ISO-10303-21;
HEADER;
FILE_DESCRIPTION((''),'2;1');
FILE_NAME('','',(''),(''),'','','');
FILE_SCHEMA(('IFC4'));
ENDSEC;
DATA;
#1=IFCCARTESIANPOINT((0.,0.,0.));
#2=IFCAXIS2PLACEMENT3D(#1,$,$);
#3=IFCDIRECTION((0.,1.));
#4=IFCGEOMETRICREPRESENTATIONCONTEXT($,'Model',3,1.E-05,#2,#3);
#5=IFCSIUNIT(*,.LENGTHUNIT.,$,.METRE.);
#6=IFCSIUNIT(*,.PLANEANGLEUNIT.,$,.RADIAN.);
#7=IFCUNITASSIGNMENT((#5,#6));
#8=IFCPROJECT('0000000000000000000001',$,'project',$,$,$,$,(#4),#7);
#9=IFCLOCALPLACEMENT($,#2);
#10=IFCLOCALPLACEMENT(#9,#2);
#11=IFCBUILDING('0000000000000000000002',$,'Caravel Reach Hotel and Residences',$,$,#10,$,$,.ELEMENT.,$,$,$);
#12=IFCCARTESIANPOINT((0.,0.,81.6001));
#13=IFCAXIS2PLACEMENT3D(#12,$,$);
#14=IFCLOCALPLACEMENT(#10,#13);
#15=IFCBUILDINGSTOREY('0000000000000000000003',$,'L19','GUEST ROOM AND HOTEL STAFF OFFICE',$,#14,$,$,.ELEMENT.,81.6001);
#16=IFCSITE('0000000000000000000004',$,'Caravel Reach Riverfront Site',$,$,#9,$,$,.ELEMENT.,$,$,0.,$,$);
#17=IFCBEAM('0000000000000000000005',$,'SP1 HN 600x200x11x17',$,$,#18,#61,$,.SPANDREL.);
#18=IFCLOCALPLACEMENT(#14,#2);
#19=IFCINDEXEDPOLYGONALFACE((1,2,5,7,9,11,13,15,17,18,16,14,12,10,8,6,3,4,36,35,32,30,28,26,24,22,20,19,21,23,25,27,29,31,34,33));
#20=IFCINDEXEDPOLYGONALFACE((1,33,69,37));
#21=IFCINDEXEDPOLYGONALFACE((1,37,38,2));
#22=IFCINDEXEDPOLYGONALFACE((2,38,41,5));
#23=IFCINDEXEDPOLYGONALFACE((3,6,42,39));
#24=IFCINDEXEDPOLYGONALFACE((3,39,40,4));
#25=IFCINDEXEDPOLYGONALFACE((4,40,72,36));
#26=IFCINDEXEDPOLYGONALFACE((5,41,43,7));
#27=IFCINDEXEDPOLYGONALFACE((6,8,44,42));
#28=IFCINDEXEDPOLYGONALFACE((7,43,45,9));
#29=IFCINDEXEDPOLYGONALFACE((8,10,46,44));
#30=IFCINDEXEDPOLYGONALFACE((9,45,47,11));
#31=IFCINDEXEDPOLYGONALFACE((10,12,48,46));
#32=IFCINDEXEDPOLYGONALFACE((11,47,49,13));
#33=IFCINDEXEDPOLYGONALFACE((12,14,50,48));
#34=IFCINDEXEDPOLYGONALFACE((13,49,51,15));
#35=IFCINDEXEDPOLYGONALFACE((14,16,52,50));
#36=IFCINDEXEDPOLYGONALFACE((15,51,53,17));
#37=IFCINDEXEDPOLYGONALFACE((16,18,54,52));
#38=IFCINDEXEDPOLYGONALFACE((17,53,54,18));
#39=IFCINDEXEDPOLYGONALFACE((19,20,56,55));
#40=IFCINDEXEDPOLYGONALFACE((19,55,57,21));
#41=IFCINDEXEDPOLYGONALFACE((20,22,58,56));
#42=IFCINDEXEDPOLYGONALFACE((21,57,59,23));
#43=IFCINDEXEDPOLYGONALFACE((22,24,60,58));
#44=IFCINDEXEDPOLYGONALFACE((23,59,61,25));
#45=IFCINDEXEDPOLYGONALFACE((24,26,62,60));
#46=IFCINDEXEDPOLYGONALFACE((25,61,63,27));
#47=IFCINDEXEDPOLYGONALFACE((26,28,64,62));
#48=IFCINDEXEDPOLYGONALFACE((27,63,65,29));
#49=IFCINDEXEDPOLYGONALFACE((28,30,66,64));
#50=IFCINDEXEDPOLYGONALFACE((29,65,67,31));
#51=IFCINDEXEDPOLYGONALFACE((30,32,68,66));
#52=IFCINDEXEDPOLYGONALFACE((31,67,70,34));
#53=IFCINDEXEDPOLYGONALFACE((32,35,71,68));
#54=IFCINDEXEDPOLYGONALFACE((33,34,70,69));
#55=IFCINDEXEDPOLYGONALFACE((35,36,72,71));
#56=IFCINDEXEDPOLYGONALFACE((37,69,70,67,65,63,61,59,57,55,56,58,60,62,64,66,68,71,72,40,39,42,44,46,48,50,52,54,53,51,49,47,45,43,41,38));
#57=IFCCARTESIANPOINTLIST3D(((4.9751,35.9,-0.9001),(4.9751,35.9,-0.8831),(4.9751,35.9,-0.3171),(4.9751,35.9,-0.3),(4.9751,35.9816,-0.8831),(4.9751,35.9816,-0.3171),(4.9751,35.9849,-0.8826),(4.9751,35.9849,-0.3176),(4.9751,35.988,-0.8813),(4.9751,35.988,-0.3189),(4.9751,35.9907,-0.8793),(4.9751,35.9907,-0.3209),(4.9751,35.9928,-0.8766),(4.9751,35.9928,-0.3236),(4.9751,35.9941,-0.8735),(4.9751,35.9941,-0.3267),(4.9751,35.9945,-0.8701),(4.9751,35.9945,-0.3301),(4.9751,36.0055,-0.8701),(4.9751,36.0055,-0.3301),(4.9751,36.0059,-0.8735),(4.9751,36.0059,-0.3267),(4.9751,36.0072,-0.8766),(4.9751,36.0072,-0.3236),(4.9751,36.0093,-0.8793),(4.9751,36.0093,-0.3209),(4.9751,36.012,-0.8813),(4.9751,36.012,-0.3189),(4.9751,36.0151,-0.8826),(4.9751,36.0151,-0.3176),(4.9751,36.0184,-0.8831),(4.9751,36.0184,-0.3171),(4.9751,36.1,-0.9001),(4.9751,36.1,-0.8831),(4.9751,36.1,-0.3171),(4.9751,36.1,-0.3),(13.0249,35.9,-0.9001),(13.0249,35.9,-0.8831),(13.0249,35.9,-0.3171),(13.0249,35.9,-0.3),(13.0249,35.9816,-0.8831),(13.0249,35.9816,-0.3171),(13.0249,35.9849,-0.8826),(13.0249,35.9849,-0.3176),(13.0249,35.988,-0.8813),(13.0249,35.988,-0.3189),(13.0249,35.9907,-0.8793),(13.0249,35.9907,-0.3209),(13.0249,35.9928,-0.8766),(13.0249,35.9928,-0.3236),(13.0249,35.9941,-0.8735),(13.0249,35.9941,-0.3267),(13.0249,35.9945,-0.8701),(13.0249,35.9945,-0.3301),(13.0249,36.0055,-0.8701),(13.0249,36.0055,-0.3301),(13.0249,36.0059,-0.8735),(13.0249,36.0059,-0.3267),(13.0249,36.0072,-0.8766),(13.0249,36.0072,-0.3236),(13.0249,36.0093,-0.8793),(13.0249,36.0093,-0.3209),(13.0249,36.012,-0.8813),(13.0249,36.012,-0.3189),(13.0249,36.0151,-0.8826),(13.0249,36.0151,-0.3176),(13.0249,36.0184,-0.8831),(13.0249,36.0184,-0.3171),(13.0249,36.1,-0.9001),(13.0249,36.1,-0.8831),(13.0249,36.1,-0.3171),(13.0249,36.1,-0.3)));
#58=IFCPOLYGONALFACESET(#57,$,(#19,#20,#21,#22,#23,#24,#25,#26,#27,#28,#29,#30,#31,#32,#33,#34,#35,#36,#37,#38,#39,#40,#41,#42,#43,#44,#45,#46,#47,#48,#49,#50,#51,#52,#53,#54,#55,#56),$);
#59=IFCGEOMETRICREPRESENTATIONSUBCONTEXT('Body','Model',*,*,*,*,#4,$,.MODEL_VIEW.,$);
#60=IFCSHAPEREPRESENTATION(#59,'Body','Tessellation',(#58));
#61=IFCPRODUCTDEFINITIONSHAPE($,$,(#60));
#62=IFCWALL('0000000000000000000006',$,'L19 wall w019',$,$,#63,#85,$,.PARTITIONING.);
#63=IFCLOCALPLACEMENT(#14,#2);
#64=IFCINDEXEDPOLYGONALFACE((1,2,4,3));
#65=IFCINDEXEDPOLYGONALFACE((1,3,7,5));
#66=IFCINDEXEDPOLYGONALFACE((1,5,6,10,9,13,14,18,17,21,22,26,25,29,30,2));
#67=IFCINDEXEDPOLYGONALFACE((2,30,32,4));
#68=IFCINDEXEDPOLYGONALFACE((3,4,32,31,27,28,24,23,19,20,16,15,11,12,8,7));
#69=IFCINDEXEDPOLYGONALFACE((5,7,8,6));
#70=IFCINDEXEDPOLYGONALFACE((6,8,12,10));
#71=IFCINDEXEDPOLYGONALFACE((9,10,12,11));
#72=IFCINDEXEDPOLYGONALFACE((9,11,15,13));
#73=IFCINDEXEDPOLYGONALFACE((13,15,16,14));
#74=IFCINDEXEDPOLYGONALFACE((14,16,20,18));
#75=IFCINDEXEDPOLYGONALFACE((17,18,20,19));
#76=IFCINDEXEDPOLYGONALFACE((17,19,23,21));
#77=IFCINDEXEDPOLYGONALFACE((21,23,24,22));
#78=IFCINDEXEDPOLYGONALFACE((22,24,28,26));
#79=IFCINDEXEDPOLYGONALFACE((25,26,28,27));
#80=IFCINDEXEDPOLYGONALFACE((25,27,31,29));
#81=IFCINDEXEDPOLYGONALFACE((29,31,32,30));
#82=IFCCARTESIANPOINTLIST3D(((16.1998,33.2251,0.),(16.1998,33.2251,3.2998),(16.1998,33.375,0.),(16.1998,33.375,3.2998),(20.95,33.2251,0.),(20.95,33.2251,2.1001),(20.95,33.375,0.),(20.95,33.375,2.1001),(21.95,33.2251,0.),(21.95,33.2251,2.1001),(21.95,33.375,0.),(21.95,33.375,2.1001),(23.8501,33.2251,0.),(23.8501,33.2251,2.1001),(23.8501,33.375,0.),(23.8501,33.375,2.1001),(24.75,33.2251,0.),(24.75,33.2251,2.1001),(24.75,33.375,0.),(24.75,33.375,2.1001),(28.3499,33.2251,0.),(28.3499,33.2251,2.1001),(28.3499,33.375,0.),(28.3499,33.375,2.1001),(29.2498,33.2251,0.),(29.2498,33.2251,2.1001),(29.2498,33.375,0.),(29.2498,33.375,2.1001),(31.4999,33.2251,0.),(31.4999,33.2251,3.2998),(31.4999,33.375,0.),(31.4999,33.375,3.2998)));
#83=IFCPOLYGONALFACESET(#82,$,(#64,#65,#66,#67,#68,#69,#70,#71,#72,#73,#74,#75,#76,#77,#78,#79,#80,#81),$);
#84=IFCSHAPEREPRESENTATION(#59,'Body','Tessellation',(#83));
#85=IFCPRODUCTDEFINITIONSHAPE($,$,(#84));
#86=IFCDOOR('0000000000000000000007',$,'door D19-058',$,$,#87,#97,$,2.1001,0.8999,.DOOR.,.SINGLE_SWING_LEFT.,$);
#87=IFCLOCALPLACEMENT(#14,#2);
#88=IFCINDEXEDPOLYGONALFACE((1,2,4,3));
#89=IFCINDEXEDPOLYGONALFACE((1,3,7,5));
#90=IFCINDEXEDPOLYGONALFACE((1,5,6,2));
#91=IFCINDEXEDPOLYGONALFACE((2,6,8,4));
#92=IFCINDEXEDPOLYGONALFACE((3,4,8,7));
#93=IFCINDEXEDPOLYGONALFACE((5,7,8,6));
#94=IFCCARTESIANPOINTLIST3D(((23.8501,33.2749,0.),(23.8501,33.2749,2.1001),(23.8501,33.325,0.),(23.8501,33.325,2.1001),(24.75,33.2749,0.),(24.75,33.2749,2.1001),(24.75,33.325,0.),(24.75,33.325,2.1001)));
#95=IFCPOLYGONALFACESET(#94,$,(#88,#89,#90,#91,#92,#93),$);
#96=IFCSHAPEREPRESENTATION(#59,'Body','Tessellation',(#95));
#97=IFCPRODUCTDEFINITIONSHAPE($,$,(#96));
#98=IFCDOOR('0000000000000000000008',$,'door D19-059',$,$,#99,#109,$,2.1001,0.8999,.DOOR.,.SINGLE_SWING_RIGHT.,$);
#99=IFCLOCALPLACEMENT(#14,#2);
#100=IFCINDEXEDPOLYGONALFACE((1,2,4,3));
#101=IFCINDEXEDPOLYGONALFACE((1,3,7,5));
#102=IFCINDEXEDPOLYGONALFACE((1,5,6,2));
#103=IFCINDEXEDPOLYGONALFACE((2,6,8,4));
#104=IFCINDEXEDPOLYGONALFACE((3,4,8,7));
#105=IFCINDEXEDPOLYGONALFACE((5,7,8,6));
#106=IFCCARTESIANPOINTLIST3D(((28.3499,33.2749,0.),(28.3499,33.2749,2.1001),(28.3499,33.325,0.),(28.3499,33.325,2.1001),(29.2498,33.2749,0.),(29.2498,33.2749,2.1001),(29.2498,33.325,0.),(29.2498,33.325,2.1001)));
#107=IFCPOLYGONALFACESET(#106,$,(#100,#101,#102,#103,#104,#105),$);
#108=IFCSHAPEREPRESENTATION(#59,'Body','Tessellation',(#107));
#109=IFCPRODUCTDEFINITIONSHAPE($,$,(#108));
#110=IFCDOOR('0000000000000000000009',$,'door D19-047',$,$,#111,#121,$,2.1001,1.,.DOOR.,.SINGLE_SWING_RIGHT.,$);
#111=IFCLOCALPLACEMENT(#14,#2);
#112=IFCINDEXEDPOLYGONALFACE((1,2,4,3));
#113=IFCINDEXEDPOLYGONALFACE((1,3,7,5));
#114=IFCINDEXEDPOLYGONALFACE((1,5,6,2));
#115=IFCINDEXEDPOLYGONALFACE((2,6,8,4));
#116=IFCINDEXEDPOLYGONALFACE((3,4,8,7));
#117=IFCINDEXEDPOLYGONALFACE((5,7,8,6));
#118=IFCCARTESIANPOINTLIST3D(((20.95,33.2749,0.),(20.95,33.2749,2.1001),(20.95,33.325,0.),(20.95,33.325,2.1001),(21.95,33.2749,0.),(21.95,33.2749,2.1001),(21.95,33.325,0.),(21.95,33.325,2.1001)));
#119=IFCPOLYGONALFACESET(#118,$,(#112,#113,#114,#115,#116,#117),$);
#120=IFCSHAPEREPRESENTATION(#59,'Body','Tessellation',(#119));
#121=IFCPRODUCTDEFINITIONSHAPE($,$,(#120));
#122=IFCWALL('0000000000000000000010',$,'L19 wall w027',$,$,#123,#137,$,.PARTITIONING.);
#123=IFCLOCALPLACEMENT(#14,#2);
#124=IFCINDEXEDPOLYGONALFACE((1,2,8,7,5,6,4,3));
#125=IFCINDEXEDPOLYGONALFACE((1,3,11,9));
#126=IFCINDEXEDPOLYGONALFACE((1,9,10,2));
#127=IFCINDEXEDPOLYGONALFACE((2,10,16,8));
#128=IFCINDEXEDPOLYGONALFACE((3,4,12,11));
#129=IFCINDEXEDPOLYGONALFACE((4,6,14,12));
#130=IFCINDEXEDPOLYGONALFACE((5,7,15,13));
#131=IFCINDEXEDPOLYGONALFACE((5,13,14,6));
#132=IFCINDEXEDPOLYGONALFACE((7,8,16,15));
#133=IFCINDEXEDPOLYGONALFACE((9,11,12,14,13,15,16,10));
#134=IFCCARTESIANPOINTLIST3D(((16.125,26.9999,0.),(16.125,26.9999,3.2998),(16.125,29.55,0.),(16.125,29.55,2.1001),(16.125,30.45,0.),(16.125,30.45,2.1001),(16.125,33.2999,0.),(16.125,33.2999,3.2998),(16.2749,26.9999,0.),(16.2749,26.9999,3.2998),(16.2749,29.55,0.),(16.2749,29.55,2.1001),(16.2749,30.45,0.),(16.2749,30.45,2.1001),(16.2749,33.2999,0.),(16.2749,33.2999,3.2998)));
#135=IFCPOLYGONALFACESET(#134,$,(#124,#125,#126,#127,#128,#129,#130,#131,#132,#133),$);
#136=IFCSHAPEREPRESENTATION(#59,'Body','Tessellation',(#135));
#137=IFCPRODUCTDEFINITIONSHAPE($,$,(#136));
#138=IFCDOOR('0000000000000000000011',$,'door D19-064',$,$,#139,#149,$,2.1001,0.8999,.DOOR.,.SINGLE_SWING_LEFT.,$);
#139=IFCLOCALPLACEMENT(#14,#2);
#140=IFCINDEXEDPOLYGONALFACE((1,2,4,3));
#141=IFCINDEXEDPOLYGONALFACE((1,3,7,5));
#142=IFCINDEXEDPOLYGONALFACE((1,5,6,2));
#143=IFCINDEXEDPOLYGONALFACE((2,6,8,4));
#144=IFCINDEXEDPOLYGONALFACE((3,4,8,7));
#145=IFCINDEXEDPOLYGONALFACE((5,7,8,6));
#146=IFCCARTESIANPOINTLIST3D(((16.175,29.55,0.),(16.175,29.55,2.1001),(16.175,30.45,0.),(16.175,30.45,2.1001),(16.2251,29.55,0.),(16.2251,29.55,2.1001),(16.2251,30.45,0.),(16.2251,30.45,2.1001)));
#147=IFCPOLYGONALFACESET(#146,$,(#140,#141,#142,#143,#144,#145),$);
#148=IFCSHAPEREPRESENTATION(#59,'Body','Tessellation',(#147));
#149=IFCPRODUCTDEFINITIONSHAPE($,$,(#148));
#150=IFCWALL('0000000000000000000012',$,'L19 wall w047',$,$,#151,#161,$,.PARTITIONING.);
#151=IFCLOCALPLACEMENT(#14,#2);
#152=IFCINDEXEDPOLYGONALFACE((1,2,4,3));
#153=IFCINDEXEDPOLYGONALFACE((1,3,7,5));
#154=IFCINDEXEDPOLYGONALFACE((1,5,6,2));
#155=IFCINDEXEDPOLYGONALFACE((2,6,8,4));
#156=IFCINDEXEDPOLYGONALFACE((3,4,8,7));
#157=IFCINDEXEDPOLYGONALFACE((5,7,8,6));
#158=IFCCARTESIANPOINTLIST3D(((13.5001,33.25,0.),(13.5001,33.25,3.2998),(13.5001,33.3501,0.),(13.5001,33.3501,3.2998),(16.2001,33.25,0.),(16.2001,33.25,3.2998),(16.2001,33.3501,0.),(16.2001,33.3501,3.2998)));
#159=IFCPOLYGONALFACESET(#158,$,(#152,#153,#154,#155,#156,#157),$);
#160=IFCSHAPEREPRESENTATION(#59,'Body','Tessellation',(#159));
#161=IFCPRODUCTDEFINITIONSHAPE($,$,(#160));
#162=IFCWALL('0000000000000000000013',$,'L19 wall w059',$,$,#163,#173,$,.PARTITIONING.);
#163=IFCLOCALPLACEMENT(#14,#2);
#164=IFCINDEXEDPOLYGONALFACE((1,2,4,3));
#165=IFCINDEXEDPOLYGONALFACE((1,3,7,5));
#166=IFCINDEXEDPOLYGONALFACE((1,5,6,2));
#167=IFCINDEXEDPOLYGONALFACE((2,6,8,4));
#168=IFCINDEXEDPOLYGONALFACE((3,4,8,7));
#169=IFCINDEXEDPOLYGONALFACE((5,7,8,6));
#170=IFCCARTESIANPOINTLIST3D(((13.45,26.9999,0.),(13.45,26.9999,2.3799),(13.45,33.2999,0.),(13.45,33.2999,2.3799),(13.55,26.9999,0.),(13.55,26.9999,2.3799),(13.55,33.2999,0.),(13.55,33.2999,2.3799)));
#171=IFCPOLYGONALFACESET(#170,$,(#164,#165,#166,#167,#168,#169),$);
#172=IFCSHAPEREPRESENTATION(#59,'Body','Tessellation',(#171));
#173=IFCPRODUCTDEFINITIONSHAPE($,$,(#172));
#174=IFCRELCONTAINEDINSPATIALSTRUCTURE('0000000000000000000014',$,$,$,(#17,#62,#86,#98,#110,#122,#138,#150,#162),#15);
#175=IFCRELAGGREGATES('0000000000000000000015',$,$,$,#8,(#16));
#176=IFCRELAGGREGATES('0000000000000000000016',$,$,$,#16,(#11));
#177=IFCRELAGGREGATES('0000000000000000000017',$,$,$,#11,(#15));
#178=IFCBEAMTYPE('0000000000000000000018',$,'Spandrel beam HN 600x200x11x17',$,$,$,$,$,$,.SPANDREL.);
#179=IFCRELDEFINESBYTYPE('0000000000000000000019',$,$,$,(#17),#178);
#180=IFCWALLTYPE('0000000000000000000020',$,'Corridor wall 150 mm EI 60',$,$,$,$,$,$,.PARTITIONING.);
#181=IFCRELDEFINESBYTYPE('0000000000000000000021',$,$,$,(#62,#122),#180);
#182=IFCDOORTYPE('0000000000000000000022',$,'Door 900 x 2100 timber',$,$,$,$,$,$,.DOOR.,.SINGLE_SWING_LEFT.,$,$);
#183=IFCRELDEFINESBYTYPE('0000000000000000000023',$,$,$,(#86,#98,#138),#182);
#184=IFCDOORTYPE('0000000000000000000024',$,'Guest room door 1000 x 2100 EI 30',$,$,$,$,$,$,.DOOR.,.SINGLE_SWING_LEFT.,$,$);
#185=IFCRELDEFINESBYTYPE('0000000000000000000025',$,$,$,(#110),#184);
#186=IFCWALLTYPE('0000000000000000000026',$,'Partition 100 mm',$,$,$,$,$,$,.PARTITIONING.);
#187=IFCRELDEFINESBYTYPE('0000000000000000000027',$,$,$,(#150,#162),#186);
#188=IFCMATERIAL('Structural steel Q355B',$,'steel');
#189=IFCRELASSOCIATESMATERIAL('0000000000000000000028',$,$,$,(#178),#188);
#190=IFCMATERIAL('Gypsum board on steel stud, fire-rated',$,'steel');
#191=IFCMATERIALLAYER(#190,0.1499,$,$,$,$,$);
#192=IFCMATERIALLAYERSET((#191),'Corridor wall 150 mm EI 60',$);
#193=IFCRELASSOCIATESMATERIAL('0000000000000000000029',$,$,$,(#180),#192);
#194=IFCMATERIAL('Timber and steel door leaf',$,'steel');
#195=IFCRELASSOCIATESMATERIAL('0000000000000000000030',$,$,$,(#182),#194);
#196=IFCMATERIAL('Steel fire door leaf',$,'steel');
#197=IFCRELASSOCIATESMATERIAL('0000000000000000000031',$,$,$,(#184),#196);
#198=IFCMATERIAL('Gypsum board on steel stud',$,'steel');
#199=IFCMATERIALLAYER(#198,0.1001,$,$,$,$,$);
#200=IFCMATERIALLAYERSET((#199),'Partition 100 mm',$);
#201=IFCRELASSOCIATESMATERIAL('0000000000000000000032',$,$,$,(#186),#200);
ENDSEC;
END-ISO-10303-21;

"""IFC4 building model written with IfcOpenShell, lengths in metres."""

from ifc_helpers import new_model, si_unit, direction, frame, frame_2d, origin, origin_2d, place, context, subcontext, project, spatial, rectangle, i_section, extrude, material, layer, layer_set, material_profile, profile_set, type_object, element, fill, save


model = new_model("IFC4")

# Units and contexts
model_context = context("Model", 3, precision=1e-05, world=origin(), true_north=direction((0.0, 1.0)))
body_context = subcontext(model_context, "Body", "Model", "MODEL_VIEW")
ifc_project = project(units=[si_unit("LENGTHUNIT", "METRE"), si_unit("PLANEANGLEUNIT", "RADIAN")], contexts=[model_context])

# Site, building, storey
site_placement = place(None, origin())
site = spatial("IfcSite", under=ifc_project, at=site_placement, Name="Caravel Reach Riverfront Site", CompositionType="ELEMENT", RefElevation=0.0)
building_placement = place(site_placement, origin())
building = spatial("IfcBuilding", under=site, at=building_placement, Name="Caravel Reach Hotel and Residences", CompositionType="ELEMENT")
storey_placement = place(building_placement, frame((0.0, 0.0, 81.6001)))
storey = spatial("IfcBuildingStorey", under=building, at=storey_placement, Name="L19", Description="GUEST ROOM AND HOTEL STAFF OFFICE", CompositionType="ELEMENT", Elevation=81.6001)

# Beam
ifc_material_1 = material(Name="Structural steel Q355B", Category="steel")
ifc_material_profile_1 = material_profile(ifc_material_1, i_section(OverallWidth=0.2, OverallDepth=0.6001, WebThickness=0.011, FlangeThickness=0.0171, FilletRadius=0.0129, at=origin_2d()), Name="HN 600x200x11x17")
ifc_profile_set_1 = profile_set([ifc_material_profile_1], Name="Structural steel Q355B")
beam_type_1 = type_object("IfcBeamType", Name="Spandrel beam HN 600x200x11x17", PredefinedType="SPANDREL", material=ifc_profile_set_1)
beam_1_placement = place(storey_placement, frame((13.0249, 36.0, -0.6001), z_axis=(-1.0, 0.0, 0.0), x_axis=(0.0, -1.0, 0.0)))
element("IfcBeam", 1, at=beam_1_placement, inside=storey, type_object=beam_type_1, Name="SP1 HN 600x200x11x17", PredefinedType="SPANDREL", context=body_context, shape_type="SweptSolid", body=[
    extrude(i_section(OverallWidth=0.2, OverallDepth=0.6001, WebThickness=0.011, FlangeThickness=0.0171, FilletRadius=0.0129, at=origin_2d()), origin(), (0.0, 0.0, 1.0), 8.0498),
])

# Wall, openings, doors
ifc_material_2 = material(Name="Gypsum board on steel stud, fire-rated", Category="steel")
ifc_layer_1 = layer(ifc_material_2, 0.1499)
ifc_layer_set_1 = layer_set([ifc_layer_1], Name="Corridor wall 150 mm EI 60")
wall_type_1 = type_object("IfcWallType", Name="Corridor wall 150 mm EI 60", PredefinedType="PARTITIONING", material=ifc_layer_set_1)
wall_1_placement = place(storey_placement, frame((16.2, 33.3, 0.0), z_axis=(0.0, 0.0, 1.0), x_axis=(1.0, 0.0, 0.0)))
wall_1 = element("IfcWall", 2, at=wall_1_placement, inside=storey, type_object=wall_type_1, Name="L19 wall w019", PredefinedType="PARTITIONING", context=body_context, shape_type="SweptSolid", body=[
    extrude(rectangle(XDim=15.3, YDim=0.1499, at=frame_2d((7.6499, 0.0))), origin(), (0.0, 0.0, 1.0), 3.2998),
])
opening_1_placement = place(wall_1_placement, frame((4.75, 0.0, 0.0)))
opening_1 = element("IfcOpeningElement", 3, at=opening_1_placement, cuts=wall_1, PredefinedType="OPENING", context=body_context, shape_type="SweptSolid", body=[
    extrude(rectangle(XDim=1.0, YDim=2.1001, at=frame_2d((0.5, 1.05))), frame((0.0, 0.085, 0.0), z_axis=(0.0, -1.0, 0.0), x_axis=(1.0, 0.0, 0.0)), (0.0, 0.0, 1.0), 0.1699),
])
opening_2_placement = place(wall_1_placement, frame((7.6501, 0.0, 0.0)))
opening_2 = element("IfcOpeningElement", 4, at=opening_2_placement, cuts=wall_1, PredefinedType="OPENING", context=body_context, shape_type="SweptSolid", body=[
    extrude(rectangle(XDim=0.8999, YDim=2.1001, at=frame_2d((0.45, 1.05))), frame((0.0, 0.085, 0.0), z_axis=(0.0, -1.0, 0.0), x_axis=(1.0, 0.0, 0.0)), (0.0, 0.0, 1.0), 0.1699),
])
opening_3_placement = place(wall_1_placement, frame((12.1499, 0.0, 0.0)))
opening_3 = element("IfcOpeningElement", 5, at=opening_3_placement, cuts=wall_1, PredefinedType="OPENING", context=body_context, shape_type="SweptSolid", body=[
    extrude(rectangle(XDim=0.8999, YDim=2.1001, at=frame_2d((0.45, 1.05))), frame((0.0, 0.085, 0.0), z_axis=(0.0, -1.0, 0.0), x_axis=(1.0, 0.0, 0.0)), (0.0, 0.0, 1.0), 0.1699),
])
ifc_material_3 = material(Name="Timber and steel door leaf", Category="steel")
door_type_1 = type_object("IfcDoorType", Name="Door 900 x 2100 timber", OperationType="SINGLE_SWING_LEFT", PredefinedType="DOOR", material=ifc_material_3)
door_1_placement = place(opening_2_placement, origin())
door_1 = element("IfcDoor", 6, at=door_1_placement, inside=storey, type_object=door_type_1, Name="door D19-058", OperationType="SINGLE_SWING_LEFT", OverallHeight=2.1001, OverallWidth=0.8999, PredefinedType="DOOR", context=body_context, shape_type="SweptSolid", body=[
    extrude(rectangle(XDim=0.8999, YDim=2.1001, at=frame_2d((0.45, 1.05))), frame((0.0, 0.0249, 0.0), z_axis=(0.0, -1.0, 0.0), x_axis=(1.0, 0.0, 0.0)), (0.0, 0.0, 1.0), 0.05),
])
fill(opening_2, door_1)
door_2_placement = place(opening_3_placement, origin())
door_2 = element("IfcDoor", 7, at=door_2_placement, inside=storey, type_object=door_type_1, Name="door D19-059", OperationType="SINGLE_SWING_RIGHT", OverallHeight=2.1001, OverallWidth=0.8999, PredefinedType="DOOR", context=body_context, shape_type="SweptSolid", body=[
    extrude(rectangle(XDim=0.8999, YDim=2.1001, at=frame_2d((0.45, 1.05))), frame((0.0, 0.0249, 0.0), z_axis=(0.0, -1.0, 0.0), x_axis=(1.0, 0.0, 0.0)), (0.0, 0.0, 1.0), 0.05),
])
fill(opening_3, door_2)
ifc_material_4 = material(Name="Steel fire door leaf", Category="steel")
door_type_2 = type_object("IfcDoorType", Name="Guest room door 1000 x 2100 EI 30", OperationType="SINGLE_SWING_LEFT", PredefinedType="DOOR", material=ifc_material_4)
door_3_placement = place(opening_1_placement, origin())
door_3 = element("IfcDoor", 8, at=door_3_placement, inside=storey, type_object=door_type_2, Name="door D19-047", OperationType="SINGLE_SWING_RIGHT", OverallHeight=2.1001, OverallWidth=1.0, PredefinedType="DOOR", context=body_context, shape_type="SweptSolid", body=[
    extrude(rectangle(XDim=1.0, YDim=2.1001, at=frame_2d((0.5, 1.05))), frame((0.0, 0.0249, 0.0), z_axis=(0.0, -1.0, 0.0), x_axis=(1.0, 0.0, 0.0)), (0.0, 0.0, 1.0), 0.05),
])
fill(opening_1, door_3)

# Wall, opening, door
wall_2_placement = place(storey_placement, frame((16.2, 27.0, 0.0), z_axis=(0.0, 0.0, 1.0), x_axis=(0.0, 1.0, 0.0)))
wall_2 = element("IfcWall", 9, at=wall_2_placement, inside=storey, type_object=wall_type_1, Name="L19 wall w027", PredefinedType="PARTITIONING", context=body_context, shape_type="SweptSolid", body=[
    extrude(rectangle(XDim=6.3, YDim=0.1499, at=frame_2d((3.1499, 0.0))), origin(), (0.0, 0.0, 1.0), 3.2998),
])
opening_4_placement = place(wall_2_placement, frame((2.55, 0.0, 0.0)))
opening_4 = element("IfcOpeningElement", 10, at=opening_4_placement, cuts=wall_2, PredefinedType="OPENING", context=body_context, shape_type="SweptSolid", body=[
    extrude(rectangle(XDim=0.8999, YDim=2.1001, at=frame_2d((0.45, 1.05))), frame((0.0, 0.085, 0.0), z_axis=(0.0, -1.0, 0.0), x_axis=(1.0, 0.0, 0.0)), (0.0, 0.0, 1.0), 0.1699),
])
door_4_placement = place(opening_4_placement, origin())
door_4 = element("IfcDoor", 11, at=door_4_placement, inside=storey, type_object=door_type_1, Name="door D19-064", OperationType="SINGLE_SWING_LEFT", OverallHeight=2.1001, OverallWidth=0.8999, PredefinedType="DOOR", context=body_context, shape_type="SweptSolid", body=[
    extrude(rectangle(XDim=0.8999, YDim=2.1001, at=frame_2d((0.45, 1.05))), frame((0.0, 0.0249, 0.0), z_axis=(0.0, -1.0, 0.0), x_axis=(1.0, 0.0, 0.0)), (0.0, 0.0, 1.0), 0.05),
])
fill(opening_4, door_4)

# Walls
ifc_material_5 = material(Name="Gypsum board on steel stud", Category="steel")
ifc_layer_2 = layer(ifc_material_5, 0.1001)
ifc_layer_set_2 = layer_set([ifc_layer_2], Name="Partition 100 mm")
wall_type_2 = type_object("IfcWallType", Name="Partition 100 mm", PredefinedType="PARTITIONING", material=ifc_layer_set_2)
wall_3_placement = place(storey_placement, frame((13.5, 33.3, 0.0), z_axis=(0.0, 0.0, 1.0), x_axis=(1.0, 0.0, 0.0)))
element("IfcWall", 12, at=wall_3_placement, inside=storey, type_object=wall_type_2, Name="L19 wall w047", PredefinedType="PARTITIONING", context=body_context, shape_type="SweptSolid", body=[
    extrude(rectangle(XDim=2.7, YDim=0.1001, at=frame_2d((1.3501, 0.0))), origin(), (0.0, 0.0, 1.0), 3.2998),
])
wall_4_placement = place(storey_placement, frame((13.5, 27.0, 0.0), z_axis=(0.0, 0.0, 1.0), x_axis=(0.0, 1.0, 0.0)))
element("IfcWall", 13, at=wall_4_placement, inside=storey, type_object=wall_type_2, Name="L19 wall w059", PredefinedType="PARTITIONING", context=body_context, shape_type="SweptSolid", body=[
    extrude(rectangle(XDim=6.3, YDim=0.1001, at=frame_2d((3.1499, 0.0))), origin(), (0.0, 0.0, 1.0), 2.3799),
])

save(model, "model.ifc")
